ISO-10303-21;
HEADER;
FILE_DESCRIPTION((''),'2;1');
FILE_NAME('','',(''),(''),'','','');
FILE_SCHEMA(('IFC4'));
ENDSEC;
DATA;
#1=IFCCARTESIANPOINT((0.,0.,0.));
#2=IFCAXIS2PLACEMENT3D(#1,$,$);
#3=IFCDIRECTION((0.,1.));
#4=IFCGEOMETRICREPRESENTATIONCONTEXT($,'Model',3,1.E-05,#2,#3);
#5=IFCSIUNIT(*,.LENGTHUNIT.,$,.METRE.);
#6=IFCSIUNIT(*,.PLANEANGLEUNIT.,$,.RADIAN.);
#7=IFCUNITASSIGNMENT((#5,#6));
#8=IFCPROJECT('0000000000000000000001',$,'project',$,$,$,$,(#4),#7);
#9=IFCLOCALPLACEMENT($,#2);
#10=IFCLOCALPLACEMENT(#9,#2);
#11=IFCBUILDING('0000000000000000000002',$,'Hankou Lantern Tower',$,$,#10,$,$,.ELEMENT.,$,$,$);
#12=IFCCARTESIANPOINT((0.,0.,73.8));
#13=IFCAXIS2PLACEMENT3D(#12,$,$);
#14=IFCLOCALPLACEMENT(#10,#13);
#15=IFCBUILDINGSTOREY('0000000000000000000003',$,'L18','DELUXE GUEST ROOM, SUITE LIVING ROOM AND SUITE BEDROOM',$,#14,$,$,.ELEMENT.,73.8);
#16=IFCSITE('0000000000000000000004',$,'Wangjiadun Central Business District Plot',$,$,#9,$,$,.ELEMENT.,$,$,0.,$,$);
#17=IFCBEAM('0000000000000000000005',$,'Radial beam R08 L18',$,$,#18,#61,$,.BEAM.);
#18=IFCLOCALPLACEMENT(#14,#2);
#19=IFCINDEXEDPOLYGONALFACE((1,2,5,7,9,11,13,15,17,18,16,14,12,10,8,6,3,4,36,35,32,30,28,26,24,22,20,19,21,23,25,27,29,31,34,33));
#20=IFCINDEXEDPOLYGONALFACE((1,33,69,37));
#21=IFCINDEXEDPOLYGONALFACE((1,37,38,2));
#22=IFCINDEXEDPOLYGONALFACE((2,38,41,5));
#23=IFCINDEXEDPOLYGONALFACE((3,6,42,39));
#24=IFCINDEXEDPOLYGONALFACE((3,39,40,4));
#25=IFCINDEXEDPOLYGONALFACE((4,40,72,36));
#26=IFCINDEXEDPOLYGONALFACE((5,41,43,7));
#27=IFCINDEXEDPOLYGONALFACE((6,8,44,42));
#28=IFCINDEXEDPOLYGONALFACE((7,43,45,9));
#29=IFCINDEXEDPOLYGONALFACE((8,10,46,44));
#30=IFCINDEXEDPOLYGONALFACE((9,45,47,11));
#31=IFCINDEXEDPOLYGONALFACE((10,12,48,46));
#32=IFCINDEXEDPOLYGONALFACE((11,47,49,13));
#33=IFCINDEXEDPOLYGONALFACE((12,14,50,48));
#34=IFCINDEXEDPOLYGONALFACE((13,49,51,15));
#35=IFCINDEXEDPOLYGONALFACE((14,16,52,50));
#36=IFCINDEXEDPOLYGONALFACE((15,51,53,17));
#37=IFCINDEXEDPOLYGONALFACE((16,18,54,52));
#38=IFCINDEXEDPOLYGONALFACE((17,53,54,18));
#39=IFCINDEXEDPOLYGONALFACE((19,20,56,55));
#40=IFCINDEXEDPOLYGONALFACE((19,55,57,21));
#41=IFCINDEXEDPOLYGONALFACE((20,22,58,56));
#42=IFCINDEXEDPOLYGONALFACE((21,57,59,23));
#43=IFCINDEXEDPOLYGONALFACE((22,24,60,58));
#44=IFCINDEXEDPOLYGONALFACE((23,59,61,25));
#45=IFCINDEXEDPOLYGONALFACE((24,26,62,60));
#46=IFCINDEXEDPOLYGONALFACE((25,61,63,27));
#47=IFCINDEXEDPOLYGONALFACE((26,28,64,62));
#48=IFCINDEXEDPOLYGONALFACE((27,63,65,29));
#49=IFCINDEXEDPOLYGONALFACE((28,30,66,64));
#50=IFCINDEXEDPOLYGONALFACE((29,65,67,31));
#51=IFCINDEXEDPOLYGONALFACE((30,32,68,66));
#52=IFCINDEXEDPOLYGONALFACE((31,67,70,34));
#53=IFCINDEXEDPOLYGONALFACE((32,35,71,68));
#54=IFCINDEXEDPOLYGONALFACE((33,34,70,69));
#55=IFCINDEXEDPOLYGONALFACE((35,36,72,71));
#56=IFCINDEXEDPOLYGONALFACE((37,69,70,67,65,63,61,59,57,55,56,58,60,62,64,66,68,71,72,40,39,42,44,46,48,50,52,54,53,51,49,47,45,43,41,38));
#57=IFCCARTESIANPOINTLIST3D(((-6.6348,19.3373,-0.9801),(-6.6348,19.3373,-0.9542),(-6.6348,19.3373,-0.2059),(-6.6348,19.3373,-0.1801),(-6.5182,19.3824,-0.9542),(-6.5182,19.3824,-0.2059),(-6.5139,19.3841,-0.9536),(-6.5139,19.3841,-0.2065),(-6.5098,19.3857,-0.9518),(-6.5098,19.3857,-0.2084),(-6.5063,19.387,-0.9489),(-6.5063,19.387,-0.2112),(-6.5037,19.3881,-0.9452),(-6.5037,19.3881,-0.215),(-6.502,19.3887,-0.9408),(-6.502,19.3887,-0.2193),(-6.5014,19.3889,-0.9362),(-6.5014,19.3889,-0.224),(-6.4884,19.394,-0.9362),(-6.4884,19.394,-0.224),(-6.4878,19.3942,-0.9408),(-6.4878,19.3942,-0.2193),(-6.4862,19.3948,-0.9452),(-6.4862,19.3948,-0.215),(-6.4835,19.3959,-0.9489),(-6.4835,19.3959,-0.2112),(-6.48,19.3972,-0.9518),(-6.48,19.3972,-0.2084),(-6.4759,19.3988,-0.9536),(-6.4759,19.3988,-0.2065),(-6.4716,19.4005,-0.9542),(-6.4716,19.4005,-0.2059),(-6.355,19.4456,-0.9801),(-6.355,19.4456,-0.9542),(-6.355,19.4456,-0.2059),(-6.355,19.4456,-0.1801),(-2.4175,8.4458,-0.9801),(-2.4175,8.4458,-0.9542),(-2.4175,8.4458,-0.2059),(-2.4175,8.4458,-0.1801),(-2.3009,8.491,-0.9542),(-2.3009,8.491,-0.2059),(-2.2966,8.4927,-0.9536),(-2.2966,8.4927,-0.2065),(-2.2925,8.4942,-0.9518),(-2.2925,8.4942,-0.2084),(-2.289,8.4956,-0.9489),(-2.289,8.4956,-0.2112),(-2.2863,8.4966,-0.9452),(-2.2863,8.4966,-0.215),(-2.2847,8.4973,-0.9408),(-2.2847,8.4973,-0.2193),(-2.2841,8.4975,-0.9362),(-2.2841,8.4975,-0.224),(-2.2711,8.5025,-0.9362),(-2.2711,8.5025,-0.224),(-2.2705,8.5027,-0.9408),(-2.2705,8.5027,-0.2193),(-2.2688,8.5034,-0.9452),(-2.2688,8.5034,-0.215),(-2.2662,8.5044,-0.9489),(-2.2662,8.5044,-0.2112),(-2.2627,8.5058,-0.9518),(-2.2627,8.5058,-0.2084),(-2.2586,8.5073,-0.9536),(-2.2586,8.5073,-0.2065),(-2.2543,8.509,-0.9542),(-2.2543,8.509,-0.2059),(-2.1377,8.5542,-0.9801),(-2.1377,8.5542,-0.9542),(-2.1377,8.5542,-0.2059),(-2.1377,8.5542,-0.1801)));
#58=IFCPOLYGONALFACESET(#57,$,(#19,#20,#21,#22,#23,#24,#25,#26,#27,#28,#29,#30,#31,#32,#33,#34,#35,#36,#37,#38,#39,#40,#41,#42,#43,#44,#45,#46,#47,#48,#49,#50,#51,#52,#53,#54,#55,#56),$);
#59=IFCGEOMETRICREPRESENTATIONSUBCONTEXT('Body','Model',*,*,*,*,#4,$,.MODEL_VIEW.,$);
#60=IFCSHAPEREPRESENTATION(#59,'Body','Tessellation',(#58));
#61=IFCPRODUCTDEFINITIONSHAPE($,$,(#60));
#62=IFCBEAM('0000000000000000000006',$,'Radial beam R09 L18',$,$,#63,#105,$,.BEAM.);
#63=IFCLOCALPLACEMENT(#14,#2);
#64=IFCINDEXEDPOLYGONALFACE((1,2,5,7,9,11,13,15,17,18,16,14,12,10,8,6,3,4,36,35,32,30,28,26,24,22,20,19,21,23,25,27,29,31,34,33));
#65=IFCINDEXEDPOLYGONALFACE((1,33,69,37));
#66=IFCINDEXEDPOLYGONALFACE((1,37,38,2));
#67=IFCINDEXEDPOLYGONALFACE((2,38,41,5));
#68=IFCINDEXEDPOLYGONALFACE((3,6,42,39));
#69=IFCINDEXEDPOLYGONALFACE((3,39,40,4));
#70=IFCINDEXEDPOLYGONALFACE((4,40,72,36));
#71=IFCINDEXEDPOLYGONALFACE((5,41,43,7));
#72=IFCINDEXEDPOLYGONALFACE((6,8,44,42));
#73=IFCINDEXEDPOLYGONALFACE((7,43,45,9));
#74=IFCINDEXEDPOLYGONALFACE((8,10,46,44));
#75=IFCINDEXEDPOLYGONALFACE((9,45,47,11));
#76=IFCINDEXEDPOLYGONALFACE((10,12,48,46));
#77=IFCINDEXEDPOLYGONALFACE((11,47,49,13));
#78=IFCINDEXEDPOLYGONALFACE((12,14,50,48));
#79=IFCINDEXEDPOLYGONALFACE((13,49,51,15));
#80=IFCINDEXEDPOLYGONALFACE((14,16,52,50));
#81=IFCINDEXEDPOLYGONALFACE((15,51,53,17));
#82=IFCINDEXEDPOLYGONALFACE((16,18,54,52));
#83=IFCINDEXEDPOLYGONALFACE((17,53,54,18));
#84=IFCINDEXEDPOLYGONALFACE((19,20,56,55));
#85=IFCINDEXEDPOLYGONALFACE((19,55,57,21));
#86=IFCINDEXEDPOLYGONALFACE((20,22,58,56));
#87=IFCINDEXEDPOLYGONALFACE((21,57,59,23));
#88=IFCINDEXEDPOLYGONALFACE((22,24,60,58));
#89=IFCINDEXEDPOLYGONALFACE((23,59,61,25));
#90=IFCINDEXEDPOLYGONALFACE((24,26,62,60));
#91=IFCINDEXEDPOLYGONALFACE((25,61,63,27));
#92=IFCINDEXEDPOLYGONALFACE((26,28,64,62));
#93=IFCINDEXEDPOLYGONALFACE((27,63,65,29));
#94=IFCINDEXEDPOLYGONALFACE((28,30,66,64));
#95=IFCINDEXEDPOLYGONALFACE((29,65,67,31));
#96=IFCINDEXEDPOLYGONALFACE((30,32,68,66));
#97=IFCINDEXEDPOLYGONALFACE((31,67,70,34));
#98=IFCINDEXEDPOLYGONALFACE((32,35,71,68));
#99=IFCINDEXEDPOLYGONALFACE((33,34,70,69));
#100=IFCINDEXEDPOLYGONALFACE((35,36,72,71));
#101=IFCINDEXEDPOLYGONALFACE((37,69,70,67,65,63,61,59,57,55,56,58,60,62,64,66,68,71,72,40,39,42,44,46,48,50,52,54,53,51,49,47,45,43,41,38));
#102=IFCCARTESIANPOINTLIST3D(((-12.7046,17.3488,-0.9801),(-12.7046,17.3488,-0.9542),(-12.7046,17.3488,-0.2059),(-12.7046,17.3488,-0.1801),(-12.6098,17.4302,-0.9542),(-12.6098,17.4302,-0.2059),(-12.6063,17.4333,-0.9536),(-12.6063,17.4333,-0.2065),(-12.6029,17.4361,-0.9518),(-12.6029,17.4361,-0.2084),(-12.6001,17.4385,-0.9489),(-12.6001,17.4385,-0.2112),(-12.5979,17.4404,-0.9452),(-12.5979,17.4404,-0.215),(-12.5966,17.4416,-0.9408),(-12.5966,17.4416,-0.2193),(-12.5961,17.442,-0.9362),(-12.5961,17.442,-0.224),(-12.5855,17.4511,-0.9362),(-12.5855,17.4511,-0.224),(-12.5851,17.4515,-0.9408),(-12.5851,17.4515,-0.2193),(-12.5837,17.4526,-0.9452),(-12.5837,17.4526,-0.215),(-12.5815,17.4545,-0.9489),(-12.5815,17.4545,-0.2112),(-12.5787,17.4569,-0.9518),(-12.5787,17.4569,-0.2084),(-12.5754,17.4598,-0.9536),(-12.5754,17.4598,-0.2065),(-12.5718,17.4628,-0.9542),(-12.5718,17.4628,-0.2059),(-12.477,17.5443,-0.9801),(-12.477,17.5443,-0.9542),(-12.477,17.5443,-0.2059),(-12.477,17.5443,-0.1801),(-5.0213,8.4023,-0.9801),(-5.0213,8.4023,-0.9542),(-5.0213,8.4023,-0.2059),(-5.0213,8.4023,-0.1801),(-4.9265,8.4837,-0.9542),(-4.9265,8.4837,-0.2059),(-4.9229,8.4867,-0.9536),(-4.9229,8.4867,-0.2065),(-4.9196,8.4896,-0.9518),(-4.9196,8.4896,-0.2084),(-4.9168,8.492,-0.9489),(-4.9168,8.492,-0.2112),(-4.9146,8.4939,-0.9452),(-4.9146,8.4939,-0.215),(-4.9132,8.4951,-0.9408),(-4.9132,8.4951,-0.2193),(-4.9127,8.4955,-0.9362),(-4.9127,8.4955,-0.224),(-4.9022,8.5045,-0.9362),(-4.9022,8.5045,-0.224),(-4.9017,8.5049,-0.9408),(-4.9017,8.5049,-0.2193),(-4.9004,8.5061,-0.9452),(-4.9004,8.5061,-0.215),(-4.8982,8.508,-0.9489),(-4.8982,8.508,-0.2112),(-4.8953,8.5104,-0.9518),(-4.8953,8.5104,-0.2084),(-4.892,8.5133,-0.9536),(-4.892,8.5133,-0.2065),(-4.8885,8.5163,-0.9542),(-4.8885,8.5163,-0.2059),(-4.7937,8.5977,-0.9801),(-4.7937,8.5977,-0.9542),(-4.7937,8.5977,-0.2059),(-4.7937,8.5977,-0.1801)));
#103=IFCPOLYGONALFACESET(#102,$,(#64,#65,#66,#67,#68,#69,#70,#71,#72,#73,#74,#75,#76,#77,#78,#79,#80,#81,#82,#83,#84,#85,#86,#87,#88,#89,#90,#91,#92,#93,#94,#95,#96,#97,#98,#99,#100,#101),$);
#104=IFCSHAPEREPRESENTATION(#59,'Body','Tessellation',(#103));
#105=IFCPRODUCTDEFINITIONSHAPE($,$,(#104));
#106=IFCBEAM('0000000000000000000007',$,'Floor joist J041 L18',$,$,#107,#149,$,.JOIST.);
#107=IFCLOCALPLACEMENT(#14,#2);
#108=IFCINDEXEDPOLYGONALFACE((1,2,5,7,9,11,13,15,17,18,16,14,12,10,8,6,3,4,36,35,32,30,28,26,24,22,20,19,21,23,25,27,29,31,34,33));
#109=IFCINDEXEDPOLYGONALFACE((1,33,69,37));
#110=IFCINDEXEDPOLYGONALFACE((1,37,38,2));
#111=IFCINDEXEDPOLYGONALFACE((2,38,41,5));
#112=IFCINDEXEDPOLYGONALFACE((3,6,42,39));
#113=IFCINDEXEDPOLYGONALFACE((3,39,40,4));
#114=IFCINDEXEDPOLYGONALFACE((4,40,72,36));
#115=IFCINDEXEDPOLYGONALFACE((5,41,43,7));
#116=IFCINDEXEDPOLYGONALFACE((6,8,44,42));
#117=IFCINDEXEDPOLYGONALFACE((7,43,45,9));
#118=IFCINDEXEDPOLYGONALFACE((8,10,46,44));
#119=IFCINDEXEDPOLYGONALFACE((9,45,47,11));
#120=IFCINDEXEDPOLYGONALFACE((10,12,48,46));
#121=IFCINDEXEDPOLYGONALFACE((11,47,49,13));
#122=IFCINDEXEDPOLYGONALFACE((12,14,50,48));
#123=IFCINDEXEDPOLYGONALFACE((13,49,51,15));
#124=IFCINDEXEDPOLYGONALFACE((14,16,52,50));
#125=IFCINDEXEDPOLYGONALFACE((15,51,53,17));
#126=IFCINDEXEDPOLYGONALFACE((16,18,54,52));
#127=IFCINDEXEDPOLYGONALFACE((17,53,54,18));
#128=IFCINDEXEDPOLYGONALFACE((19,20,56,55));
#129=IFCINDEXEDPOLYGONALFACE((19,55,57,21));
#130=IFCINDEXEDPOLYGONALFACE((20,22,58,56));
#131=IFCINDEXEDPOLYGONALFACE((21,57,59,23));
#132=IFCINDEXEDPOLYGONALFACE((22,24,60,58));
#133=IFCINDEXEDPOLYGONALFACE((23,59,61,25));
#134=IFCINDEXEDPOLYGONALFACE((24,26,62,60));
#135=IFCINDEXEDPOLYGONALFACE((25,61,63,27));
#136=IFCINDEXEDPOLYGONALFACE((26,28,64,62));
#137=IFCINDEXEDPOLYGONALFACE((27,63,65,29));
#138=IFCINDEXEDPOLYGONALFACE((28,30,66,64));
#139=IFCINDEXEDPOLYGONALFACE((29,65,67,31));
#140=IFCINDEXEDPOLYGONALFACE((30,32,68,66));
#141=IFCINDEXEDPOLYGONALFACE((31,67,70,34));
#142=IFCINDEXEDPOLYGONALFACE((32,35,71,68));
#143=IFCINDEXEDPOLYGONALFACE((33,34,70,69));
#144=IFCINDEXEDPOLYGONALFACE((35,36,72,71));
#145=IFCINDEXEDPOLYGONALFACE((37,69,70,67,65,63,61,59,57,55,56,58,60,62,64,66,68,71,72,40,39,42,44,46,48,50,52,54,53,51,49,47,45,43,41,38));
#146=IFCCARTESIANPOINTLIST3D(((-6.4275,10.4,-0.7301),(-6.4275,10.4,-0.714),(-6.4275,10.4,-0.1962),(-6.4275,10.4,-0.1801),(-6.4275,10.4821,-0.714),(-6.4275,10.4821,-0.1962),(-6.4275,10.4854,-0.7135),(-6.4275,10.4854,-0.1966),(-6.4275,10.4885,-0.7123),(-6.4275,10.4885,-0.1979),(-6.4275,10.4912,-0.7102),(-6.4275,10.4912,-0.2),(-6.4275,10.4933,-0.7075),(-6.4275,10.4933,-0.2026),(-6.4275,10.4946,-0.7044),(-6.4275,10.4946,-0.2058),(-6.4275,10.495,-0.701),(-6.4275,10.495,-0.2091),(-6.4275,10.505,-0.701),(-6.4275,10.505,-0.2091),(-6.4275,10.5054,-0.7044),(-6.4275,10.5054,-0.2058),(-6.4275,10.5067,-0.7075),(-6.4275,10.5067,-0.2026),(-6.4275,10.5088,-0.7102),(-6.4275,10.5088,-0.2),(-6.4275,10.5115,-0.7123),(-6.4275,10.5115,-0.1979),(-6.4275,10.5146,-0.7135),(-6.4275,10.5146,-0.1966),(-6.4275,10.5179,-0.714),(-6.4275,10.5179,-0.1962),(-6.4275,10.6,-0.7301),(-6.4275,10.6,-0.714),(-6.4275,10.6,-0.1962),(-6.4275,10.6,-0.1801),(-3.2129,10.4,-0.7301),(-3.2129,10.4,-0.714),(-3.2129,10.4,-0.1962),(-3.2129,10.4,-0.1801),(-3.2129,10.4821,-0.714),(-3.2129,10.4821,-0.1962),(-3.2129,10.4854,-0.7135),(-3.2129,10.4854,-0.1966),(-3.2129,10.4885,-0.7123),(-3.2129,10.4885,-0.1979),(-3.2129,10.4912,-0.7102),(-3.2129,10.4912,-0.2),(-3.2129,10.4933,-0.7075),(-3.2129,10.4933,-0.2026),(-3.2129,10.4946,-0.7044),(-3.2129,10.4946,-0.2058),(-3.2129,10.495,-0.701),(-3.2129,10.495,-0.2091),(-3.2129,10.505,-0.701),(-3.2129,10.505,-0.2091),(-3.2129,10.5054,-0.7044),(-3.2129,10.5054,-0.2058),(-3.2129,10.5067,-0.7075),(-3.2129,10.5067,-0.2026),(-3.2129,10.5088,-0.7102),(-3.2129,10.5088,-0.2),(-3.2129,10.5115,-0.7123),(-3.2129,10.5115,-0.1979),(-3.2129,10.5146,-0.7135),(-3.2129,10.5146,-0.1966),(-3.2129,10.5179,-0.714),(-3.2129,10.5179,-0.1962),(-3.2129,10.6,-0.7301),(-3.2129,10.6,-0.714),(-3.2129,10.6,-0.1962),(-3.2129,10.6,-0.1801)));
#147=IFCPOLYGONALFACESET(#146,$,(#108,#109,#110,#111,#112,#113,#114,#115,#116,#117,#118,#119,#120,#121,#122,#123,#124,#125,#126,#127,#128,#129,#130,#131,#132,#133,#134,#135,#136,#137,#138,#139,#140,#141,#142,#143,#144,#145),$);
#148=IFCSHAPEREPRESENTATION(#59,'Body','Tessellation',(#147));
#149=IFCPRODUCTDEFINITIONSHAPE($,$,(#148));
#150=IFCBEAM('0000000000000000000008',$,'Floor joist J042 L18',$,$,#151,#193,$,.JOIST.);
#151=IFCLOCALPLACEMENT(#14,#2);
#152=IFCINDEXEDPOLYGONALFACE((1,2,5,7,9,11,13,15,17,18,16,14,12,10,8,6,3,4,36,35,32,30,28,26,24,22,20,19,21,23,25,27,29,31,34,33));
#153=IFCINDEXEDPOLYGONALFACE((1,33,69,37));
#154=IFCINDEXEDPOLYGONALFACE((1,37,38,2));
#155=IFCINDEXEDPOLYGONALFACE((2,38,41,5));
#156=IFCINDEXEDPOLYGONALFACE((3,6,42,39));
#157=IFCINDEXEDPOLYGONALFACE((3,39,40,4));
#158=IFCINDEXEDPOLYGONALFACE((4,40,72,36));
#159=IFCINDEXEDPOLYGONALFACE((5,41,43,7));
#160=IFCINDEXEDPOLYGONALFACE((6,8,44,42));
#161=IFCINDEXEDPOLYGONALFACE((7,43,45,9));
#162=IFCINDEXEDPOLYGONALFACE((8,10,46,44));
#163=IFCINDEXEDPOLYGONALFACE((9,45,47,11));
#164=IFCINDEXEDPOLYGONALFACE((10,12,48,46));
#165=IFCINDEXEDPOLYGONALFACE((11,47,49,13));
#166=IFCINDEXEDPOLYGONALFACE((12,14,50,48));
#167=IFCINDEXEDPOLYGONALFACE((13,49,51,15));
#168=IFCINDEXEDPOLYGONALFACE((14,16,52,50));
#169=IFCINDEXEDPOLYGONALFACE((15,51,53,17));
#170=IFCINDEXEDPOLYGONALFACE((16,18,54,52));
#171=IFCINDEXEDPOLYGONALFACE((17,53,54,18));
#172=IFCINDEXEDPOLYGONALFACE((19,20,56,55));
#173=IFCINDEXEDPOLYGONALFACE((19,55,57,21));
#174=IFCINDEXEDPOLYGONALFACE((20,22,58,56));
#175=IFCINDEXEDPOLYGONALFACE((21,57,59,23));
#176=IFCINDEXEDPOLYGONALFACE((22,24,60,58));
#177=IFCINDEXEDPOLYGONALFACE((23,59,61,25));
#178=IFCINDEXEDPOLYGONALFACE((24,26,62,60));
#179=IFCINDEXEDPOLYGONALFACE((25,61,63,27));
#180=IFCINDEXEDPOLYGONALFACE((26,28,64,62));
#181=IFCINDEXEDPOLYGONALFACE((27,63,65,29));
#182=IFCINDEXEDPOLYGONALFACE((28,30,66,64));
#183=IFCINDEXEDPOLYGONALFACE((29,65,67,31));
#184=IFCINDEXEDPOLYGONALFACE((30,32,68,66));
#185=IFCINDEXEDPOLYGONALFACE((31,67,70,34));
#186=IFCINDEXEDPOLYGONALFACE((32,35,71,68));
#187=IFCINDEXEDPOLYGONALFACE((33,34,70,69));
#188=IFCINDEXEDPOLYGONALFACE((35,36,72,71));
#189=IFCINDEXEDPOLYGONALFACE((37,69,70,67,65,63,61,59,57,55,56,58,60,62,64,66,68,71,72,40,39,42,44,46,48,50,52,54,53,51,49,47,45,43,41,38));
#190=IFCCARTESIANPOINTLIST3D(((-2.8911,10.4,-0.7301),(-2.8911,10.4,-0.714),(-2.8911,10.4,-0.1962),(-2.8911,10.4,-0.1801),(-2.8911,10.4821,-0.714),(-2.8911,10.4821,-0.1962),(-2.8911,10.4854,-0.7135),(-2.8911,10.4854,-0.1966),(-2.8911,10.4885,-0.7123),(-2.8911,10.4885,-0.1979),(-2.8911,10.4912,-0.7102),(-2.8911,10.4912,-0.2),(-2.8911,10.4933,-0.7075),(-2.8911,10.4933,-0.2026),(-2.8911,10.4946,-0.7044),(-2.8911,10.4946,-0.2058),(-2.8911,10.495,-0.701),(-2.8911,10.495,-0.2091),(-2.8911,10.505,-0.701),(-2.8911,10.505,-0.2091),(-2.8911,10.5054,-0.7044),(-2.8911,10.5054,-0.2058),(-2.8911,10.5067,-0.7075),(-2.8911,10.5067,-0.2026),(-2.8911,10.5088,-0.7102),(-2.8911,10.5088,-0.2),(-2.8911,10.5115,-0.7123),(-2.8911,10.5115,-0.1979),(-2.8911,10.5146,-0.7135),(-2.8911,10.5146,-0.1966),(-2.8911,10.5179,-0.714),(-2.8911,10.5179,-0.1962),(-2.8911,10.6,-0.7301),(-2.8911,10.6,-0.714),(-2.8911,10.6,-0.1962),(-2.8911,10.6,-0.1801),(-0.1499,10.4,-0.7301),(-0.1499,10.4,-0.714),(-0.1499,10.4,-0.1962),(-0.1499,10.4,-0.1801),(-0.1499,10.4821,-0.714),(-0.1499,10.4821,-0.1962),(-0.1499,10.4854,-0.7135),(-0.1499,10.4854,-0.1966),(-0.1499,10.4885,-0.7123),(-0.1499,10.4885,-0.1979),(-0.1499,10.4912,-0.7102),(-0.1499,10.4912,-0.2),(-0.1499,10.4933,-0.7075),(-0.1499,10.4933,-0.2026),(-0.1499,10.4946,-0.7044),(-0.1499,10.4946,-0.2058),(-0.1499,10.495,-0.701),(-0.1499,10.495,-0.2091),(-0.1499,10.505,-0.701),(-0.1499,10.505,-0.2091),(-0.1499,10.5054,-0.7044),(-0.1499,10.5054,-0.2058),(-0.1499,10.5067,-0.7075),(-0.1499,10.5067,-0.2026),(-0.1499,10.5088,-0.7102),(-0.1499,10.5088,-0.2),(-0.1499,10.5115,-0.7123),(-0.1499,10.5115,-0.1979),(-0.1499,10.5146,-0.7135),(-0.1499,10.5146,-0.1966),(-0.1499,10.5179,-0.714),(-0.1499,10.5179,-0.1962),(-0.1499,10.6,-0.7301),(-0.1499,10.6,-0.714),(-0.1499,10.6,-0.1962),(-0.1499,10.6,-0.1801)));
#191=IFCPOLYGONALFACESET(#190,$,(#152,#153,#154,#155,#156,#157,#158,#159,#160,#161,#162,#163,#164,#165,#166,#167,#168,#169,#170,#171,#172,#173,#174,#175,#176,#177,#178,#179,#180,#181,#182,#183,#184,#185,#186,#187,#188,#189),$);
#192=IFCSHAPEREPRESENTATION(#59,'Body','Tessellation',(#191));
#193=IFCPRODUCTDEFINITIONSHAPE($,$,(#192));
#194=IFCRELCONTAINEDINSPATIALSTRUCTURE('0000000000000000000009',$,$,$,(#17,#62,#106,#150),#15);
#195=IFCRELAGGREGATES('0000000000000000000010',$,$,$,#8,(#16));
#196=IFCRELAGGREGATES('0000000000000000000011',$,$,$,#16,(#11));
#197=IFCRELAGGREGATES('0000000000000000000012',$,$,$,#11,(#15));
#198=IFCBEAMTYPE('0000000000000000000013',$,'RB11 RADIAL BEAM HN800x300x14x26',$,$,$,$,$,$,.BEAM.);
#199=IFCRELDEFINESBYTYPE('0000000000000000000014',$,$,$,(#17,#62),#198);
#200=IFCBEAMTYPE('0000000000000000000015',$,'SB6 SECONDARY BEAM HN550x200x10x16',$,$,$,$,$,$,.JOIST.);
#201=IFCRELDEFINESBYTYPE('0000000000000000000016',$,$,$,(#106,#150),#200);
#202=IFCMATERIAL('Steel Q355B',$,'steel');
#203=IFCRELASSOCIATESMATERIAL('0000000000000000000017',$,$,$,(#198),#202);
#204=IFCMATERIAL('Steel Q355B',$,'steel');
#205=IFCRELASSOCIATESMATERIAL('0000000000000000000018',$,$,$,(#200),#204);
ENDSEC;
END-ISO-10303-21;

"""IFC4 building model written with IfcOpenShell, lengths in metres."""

from ifc_helpers import new_model, si_unit, direction, frame, origin, origin_2d, place, context, subcontext, project, spatial, i_section, extrude, material, material_profile, profile_set, type_object, element, save


model = new_model("IFC4")

# Units and contexts
model_context = context("Model", 3, precision=1e-05, world=origin(), true_north=direction((0.0, 1.0)))
body_context = subcontext(model_context, "Body", "Model", "MODEL_VIEW")
ifc_project = project(units=[si_unit("LENGTHUNIT", "METRE"), si_unit("PLANEANGLEUNIT", "RADIAN")], contexts=[model_context])

# Site, building, storey
site_placement = place(None, origin())
site = spatial("IfcSite", under=ifc_project, at=site_placement, Name="Wangjiadun Central Business District Plot", CompositionType="ELEMENT", RefElevation=0.0)
building_placement = place(site_placement, origin())
building = spatial("IfcBuilding", under=site, at=building_placement, Name="Hankou Lantern Tower", CompositionType="ELEMENT")
storey_placement = place(building_placement, frame((0.0, 0.0, 73.8)))
storey = spatial("IfcBuildingStorey", under=building, at=storey_placement, Name="L18", Description="DELUXE GUEST ROOM, SUITE LIVING ROOM AND SUITE BEDROOM", CompositionType="ELEMENT", Elevation=73.8)

# Beams
ifc_material_1 = material(Name="Steel Q355B", Category="steel")
ifc_material_profile_1 = material_profile(ifc_material_1, i_section(OverallWidth=0.3, OverallDepth=0.8, WebThickness=0.0139, FlangeThickness=0.0259, FilletRadius=0.0181, at=origin_2d()), Name="HN800x300x14x26")
ifc_profile_set_1 = profile_set([ifc_material_profile_1], Name="Steel Q355B")
beam_type_1 = type_object("IfcBeamType", Name="RB11 RADIAL BEAM HN800x300x14x26", PredefinedType="BEAM", material=ifc_profile_set_1)
beam_1_placement = place(storey_placement, frame((-2.2776, 8.5, -0.5801), z_axis=(-0.361089, 0.932531, 0.0), x_axis=(-0.932531, -0.361089, 0.0)))
element("IfcBeam", 1, at=beam_1_placement, inside=storey, type_object=beam_type_1, Name="Radial beam R08 L18", PredefinedType="BEAM", context=body_context, shape_type="SweptSolid", body=[
    extrude(i_section(OverallWidth=0.3, OverallDepth=0.8, WebThickness=0.0139, FlangeThickness=0.0259, FilletRadius=0.0181, at=origin_2d()), origin(), (0.0, 0.0, 1.0), 11.6794),
])
beam_2_placement = place(storey_placement, frame((-4.9075, 8.5, -0.5801), z_axis=(-0.651519, 0.758632, 0.0), x_axis=(-0.758632, -0.651519, 0.0)))
element("IfcBeam", 2, at=beam_2_placement, inside=storey, type_object=beam_type_1, Name="Radial beam R09 L18", PredefinedType="BEAM", context=body_context, shape_type="SweptSolid", body=[
    extrude(i_section(OverallWidth=0.3, OverallDepth=0.8, WebThickness=0.0139, FlangeThickness=0.0259, FilletRadius=0.0181, at=origin_2d()), origin(), (0.0, 0.0, 1.0), 11.793),
])
ifc_material_2 = material(Name="Steel Q355B", Category="steel")
ifc_material_profile_2 = material_profile(ifc_material_2, i_section(OverallWidth=0.2, OverallDepth=0.55, WebThickness=0.01, FlangeThickness=0.0161, FilletRadius=0.0129, at=origin_2d()), Name="HN550x200x10x16")
ifc_profile_set_2 = profile_set([ifc_material_profile_2], Name="Steel Q355B")
beam_type_2 = type_object("IfcBeamType", Name="SB6 SECONDARY BEAM HN550x200x10x16", PredefinedType="JOIST", material=ifc_profile_set_2)
beam_3_placement = place(storey_placement, frame((-6.4275, 10.5, -0.4551), z_axis=(1.0, 0.0, 0.0), x_axis=(0.0, 1.0, 0.0)))
element("IfcBeam", 3, at=beam_3_placement, inside=storey, type_object=beam_type_2, Name="Floor joist J041 L18", PredefinedType="JOIST", context=body_context, shape_type="SweptSolid", body=[
    extrude(i_section(OverallWidth=0.2, OverallDepth=0.55, WebThickness=0.01, FlangeThickness=0.0161, FilletRadius=0.0129, at=origin_2d()), origin(), (0.0, 0.0, 1.0), 3.2146),
])
beam_4_placement = place(storey_placement, frame((-2.8911, 10.5, -0.4551), z_axis=(1.0, 0.0, 0.0), x_axis=(0.0, 1.0, 0.0)))
element("IfcBeam", 4, at=beam_4_placement, inside=storey, type_object=beam_type_2, Name="Floor joist J042 L18", PredefinedType="JOIST", context=body_context, shape_type="SweptSolid", body=[
    extrude(i_section(OverallWidth=0.2, OverallDepth=0.55, WebThickness=0.01, FlangeThickness=0.0161, FilletRadius=0.0129, at=origin_2d()), origin(), (0.0, 0.0, 1.0), 2.7412),
])

save(model, "model.ifc")
